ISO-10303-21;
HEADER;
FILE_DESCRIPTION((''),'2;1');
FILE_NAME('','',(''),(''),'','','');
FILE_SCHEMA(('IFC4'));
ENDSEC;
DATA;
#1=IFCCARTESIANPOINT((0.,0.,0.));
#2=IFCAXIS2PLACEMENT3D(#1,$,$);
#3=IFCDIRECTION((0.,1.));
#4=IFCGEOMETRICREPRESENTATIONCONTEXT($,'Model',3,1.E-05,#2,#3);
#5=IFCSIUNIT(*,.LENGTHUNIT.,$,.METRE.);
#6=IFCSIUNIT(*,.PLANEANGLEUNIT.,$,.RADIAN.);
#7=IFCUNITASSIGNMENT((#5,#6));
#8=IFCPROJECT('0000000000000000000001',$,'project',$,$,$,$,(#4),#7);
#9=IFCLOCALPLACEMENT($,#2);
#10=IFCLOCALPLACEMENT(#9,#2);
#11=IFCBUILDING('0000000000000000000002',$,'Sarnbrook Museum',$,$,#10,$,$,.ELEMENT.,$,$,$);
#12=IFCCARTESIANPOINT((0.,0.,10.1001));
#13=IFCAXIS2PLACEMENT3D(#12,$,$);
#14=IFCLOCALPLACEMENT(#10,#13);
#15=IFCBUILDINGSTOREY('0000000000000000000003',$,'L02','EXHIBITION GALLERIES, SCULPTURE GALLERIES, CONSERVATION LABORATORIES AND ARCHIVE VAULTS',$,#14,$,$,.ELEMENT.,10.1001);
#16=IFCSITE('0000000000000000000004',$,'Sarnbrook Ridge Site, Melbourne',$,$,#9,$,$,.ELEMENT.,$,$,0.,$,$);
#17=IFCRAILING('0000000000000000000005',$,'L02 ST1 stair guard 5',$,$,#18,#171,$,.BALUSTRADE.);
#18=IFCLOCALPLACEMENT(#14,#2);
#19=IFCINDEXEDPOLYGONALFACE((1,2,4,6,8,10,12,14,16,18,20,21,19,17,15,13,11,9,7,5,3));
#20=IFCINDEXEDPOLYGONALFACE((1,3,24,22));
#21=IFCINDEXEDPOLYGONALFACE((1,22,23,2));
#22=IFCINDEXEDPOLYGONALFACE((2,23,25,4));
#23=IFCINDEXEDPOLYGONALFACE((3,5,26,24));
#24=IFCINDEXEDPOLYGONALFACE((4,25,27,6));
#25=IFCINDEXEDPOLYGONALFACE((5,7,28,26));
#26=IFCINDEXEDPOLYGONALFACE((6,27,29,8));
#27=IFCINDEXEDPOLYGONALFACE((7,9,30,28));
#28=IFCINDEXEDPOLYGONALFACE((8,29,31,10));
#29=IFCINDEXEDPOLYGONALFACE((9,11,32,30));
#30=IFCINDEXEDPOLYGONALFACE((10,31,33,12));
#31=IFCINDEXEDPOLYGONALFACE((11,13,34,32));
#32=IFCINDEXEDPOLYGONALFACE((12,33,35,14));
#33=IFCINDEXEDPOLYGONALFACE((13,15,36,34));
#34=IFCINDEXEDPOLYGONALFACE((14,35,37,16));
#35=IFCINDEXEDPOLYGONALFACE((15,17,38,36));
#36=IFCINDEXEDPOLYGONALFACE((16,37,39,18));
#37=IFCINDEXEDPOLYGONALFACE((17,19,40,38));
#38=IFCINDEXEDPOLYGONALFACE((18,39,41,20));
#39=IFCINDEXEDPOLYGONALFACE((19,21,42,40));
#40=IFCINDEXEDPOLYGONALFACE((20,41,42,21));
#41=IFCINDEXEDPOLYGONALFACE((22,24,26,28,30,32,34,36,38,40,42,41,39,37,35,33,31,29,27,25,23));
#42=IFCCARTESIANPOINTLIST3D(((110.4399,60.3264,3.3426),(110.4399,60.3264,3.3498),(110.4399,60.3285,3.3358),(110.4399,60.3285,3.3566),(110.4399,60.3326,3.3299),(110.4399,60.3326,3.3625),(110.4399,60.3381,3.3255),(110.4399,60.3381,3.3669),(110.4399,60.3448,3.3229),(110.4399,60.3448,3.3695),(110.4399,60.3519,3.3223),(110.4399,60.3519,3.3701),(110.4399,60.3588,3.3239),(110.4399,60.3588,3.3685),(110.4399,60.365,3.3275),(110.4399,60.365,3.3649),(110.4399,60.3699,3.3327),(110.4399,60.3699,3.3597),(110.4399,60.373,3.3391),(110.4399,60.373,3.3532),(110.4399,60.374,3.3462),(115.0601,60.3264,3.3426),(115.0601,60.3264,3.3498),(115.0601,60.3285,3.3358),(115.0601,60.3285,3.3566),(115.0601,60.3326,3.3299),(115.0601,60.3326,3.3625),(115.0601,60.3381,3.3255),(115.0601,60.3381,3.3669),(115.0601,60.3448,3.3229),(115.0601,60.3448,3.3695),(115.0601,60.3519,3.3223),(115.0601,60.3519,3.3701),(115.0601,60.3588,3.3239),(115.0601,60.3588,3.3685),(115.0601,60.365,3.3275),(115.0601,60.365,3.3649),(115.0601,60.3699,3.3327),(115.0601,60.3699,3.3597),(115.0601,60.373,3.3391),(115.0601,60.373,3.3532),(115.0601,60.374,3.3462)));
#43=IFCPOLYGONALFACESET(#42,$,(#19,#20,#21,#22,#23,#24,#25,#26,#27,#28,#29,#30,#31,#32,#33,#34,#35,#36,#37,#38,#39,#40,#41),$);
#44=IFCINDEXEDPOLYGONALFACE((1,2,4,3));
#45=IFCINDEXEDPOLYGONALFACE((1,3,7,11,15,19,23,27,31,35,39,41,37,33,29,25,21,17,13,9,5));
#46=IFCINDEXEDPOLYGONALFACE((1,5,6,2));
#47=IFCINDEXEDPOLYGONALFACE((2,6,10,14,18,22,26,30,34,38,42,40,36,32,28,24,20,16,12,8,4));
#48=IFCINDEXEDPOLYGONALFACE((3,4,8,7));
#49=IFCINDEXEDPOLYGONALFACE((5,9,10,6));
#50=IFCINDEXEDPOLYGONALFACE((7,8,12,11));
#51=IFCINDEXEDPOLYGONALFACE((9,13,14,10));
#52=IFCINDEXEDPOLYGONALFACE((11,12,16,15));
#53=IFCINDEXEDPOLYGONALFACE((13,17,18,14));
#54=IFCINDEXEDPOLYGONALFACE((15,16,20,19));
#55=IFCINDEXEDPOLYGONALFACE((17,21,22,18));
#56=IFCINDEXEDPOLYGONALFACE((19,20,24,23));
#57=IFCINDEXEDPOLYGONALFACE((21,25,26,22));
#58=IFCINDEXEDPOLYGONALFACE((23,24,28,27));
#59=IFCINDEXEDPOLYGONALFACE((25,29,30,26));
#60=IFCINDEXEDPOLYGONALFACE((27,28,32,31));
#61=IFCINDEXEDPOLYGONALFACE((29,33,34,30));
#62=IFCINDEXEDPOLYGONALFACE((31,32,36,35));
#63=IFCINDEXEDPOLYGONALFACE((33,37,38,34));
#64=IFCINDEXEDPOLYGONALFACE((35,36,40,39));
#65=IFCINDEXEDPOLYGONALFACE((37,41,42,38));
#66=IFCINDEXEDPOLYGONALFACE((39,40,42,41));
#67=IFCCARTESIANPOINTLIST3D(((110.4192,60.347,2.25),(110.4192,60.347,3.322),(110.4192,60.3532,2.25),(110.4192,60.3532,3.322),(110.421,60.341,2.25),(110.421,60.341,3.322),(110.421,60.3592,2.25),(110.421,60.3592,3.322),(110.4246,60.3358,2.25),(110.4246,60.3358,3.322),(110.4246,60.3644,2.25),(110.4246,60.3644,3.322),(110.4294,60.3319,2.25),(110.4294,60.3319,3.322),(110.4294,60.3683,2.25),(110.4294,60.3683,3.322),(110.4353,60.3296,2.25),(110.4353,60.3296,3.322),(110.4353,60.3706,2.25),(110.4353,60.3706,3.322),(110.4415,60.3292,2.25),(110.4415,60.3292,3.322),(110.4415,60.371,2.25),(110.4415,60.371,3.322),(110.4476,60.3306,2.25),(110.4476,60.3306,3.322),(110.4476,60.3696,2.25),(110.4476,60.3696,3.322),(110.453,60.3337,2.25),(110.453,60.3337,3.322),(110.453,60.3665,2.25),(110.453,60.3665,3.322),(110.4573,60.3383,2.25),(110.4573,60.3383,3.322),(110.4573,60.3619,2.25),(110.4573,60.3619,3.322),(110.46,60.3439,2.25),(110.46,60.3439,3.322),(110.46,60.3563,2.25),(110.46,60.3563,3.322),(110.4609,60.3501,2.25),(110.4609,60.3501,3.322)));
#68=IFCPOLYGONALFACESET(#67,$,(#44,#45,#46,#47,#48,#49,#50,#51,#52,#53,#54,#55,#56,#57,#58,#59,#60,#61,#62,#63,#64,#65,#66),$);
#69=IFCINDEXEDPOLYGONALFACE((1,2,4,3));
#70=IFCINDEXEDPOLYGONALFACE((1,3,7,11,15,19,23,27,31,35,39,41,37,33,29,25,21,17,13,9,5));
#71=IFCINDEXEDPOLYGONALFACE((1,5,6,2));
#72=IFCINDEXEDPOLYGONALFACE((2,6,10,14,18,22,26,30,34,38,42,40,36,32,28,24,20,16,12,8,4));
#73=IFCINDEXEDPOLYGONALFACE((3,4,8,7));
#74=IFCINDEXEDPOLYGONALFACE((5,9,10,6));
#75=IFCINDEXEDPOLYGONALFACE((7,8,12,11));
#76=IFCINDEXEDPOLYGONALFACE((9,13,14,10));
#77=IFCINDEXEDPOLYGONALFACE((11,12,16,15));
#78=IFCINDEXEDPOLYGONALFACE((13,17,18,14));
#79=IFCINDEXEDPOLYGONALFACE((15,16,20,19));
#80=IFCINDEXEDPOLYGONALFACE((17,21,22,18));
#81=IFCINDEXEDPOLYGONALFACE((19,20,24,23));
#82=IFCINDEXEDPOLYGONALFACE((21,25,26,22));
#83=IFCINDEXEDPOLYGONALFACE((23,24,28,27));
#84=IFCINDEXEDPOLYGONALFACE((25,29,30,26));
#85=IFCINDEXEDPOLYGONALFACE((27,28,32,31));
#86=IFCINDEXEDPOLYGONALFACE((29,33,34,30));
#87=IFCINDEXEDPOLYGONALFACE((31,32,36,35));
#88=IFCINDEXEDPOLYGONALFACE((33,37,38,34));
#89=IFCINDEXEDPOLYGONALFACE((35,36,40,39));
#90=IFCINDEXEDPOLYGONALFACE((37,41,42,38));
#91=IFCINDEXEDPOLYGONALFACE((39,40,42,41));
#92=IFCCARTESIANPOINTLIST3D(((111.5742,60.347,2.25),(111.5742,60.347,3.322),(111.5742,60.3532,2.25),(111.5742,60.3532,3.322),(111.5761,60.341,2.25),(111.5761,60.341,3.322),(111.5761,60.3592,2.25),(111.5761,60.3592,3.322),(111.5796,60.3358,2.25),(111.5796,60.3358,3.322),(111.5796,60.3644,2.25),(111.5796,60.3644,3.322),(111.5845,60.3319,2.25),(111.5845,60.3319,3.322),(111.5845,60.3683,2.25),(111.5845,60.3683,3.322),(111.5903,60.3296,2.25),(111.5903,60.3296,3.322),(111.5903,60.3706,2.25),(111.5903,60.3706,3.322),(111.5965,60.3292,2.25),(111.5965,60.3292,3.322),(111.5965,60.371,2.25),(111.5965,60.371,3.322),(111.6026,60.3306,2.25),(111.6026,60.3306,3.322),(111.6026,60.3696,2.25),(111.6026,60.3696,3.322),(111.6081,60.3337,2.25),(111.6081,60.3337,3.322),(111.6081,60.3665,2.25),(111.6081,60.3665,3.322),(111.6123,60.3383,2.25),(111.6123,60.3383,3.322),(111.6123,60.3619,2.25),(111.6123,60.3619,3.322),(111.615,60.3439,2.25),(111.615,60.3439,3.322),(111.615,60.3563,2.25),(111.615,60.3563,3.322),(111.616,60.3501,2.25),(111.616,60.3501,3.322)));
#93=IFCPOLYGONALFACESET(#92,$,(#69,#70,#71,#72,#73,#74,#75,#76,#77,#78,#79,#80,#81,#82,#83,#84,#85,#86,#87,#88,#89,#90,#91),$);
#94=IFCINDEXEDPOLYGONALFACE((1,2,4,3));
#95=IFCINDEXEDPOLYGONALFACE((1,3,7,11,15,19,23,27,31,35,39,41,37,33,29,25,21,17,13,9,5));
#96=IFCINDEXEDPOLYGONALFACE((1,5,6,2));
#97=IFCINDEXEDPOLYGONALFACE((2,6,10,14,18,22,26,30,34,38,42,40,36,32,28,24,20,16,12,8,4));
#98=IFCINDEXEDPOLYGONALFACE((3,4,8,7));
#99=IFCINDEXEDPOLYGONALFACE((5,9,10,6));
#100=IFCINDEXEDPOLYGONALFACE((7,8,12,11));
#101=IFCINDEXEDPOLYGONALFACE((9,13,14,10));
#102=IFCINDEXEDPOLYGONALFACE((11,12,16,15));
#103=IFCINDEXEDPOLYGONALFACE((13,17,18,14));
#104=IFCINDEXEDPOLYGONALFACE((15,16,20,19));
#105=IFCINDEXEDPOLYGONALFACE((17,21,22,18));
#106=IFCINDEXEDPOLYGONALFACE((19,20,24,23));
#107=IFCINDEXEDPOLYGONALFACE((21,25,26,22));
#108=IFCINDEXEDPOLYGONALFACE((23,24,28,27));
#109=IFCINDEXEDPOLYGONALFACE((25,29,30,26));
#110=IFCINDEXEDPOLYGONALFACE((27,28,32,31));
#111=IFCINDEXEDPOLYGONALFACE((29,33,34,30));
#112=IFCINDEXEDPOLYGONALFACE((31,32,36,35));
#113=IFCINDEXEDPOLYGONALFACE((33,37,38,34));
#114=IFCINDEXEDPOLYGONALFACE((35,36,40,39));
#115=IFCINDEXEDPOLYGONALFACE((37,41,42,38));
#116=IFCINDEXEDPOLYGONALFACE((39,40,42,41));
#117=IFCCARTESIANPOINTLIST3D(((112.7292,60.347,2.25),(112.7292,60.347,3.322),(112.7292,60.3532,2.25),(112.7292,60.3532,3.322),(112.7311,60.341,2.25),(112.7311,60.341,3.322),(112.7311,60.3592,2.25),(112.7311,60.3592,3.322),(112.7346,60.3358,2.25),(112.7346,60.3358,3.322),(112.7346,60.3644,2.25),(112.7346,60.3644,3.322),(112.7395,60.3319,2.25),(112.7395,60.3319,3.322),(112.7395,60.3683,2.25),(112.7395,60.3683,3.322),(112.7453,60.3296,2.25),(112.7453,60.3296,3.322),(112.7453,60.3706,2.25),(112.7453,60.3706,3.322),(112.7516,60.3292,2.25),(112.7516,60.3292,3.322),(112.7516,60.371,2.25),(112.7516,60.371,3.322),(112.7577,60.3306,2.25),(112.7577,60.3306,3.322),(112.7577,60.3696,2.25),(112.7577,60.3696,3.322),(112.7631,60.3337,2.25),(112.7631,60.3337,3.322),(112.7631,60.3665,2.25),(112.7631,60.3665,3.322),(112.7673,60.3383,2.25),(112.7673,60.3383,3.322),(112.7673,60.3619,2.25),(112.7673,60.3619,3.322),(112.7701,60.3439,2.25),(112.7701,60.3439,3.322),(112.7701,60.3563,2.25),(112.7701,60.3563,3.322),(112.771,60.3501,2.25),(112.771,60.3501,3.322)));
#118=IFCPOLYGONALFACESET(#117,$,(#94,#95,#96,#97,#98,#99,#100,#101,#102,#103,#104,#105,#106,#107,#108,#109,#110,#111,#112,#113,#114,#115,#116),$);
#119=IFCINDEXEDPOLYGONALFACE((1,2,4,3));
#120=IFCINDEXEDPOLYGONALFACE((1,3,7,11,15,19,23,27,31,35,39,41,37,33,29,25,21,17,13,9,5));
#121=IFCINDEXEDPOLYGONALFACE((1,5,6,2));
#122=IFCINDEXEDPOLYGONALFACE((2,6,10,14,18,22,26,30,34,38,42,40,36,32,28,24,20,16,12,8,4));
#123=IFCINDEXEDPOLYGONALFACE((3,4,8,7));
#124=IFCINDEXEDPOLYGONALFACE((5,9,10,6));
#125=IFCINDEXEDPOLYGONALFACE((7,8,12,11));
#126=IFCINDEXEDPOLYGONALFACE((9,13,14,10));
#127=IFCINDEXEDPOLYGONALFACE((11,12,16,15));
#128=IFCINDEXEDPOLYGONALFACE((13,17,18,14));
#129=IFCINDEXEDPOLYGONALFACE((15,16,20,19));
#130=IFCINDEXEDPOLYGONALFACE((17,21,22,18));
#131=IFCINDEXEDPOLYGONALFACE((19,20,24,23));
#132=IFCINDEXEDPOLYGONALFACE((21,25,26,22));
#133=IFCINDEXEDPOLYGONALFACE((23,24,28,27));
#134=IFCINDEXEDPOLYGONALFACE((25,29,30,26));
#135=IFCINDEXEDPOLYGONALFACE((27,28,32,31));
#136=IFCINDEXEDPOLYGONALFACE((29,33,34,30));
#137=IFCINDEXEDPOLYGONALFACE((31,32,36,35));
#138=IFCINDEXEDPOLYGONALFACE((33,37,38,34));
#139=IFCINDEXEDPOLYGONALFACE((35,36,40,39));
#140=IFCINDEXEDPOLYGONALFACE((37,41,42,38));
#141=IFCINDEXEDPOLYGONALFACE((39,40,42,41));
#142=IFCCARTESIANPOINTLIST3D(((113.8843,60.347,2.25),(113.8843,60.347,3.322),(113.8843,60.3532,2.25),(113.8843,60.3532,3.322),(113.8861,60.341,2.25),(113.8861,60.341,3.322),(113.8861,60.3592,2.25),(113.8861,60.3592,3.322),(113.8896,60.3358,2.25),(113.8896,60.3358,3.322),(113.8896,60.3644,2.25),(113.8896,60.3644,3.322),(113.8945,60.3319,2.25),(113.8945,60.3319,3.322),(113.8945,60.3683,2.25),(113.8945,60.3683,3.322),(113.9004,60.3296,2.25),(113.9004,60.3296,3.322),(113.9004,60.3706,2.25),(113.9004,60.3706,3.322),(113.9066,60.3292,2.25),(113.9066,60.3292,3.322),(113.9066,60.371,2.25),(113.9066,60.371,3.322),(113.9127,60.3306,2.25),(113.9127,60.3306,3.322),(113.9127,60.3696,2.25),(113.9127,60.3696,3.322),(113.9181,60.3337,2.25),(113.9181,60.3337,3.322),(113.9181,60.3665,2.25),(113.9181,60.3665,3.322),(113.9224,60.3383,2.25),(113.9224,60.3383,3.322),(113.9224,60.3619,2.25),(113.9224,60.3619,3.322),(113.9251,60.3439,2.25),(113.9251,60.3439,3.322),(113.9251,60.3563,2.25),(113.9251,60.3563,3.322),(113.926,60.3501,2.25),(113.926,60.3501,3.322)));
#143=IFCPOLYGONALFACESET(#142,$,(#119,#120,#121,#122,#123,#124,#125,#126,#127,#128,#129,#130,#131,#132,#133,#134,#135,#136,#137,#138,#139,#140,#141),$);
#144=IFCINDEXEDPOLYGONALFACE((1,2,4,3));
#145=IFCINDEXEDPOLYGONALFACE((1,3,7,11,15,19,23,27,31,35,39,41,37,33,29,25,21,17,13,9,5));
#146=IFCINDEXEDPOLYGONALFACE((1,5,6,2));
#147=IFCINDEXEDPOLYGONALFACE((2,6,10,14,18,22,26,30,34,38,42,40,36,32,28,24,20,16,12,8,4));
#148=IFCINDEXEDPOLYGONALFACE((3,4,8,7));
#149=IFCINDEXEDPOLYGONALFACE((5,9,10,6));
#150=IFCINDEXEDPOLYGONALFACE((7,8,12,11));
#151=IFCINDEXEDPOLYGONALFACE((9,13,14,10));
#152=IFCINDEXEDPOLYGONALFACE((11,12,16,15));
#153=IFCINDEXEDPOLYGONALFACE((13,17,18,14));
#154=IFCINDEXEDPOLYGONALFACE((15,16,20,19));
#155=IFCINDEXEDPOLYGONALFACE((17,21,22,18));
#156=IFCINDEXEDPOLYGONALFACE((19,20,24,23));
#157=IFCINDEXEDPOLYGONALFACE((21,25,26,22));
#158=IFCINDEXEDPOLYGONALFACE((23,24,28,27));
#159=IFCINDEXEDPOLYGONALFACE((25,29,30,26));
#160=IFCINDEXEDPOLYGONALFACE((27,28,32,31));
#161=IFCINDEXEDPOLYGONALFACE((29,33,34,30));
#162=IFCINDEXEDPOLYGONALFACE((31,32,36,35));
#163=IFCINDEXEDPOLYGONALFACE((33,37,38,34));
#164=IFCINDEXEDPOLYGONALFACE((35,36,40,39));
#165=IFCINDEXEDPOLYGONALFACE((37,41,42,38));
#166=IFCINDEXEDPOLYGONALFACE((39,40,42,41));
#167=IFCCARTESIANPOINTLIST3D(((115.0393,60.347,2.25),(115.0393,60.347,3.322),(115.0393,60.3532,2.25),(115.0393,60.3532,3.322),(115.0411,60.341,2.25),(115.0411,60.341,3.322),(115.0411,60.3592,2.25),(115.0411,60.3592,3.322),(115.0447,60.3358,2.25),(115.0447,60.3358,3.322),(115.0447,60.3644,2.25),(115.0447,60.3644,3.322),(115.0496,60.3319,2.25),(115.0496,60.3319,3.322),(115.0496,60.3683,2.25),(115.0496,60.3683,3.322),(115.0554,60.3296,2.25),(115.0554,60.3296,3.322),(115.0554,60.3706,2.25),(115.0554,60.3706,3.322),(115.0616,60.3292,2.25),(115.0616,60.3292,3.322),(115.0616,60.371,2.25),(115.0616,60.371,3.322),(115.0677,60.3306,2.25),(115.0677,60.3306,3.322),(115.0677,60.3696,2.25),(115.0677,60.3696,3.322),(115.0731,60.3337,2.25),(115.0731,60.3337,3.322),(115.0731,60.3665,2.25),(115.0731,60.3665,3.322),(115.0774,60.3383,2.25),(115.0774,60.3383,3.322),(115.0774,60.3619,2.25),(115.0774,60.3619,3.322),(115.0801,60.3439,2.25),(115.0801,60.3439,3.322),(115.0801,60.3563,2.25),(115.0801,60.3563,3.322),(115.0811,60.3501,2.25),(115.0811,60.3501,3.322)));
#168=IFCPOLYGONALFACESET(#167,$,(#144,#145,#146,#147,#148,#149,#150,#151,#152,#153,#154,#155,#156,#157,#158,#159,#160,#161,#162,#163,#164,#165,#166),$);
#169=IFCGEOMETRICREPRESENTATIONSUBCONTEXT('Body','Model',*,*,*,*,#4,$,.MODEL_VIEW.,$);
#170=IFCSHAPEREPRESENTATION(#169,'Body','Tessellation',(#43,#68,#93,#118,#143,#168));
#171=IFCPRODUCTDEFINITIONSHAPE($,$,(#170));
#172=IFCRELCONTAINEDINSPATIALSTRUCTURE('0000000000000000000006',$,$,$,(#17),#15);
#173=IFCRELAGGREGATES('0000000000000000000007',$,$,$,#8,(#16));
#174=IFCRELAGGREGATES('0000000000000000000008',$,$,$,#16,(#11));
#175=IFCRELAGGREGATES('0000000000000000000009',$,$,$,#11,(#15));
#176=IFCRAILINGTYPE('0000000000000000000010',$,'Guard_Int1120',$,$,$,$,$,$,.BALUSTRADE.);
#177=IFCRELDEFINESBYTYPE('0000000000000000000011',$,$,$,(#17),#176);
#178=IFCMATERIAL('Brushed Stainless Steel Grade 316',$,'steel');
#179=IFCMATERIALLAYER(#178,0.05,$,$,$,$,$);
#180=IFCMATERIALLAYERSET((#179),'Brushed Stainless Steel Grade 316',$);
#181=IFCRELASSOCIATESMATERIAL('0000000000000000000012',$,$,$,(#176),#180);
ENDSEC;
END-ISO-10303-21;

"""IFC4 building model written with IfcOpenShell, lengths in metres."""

from ifc_helpers import new_model, si_unit, direction, frame, origin, origin_2d, place, context, subcontext, project, spatial, circle, extrude, material, layer, layer_set, type_object, element, save


model = new_model("IFC4")

# Units and contexts
model_context = context("Model", 3, precision=1e-05, world=origin(), true_north=direction((0.0, 1.0)))
body_context = subcontext(model_context, "Body", "Model", "MODEL_VIEW")
ifc_project = project(units=[si_unit("LENGTHUNIT", "METRE"), si_unit("PLANEANGLEUNIT", "RADIAN")], contexts=[model_context])

# Site, building, storey
site_placement = place(None, origin())
site = spatial("IfcSite", under=ifc_project, at=site_placement, Name="Sarnbrook Ridge Site, Melbourne", CompositionType="ELEMENT", RefElevation=0.0)
building_placement = place(site_placement, origin())
building = spatial("IfcBuilding", under=site, at=building_placement, Name="Sarnbrook Museum", CompositionType="ELEMENT")
storey_placement = place(building_placement, frame((0.0, 0.0, 10.1001)))
storey = spatial("IfcBuildingStorey", under=building, at=storey_placement, Name="L02", Description="EXHIBITION GALLERIES, SCULPTURE GALLERIES, CONSERVATION LABORATORIES AND ARCHIVE VAULTS", CompositionType="ELEMENT", Elevation=10.1001)

# Shared definitions
ifc_material_1 = material(Name="Brushed Stainless Steel Grade 316", Category="steel")

# Railing
ifc_layer_1 = layer(ifc_material_1, 0.05)
ifc_layer_set_1 = layer_set([ifc_layer_1], Name="Brushed Stainless Steel Grade 316")
railing_type_1 = type_object("IfcRailingType", Name="Guard_Int1120", PredefinedType="BALUSTRADE", material=ifc_layer_set_1)
railing_1_placement = place(storey_placement, frame((110.4399, 60.3501, 2.25)))
element("IfcRailing", 1, at=railing_1_placement, inside=storey, type_object=railing_type_1, Name="L02 ST1 stair guard 5", PredefinedType="BALUSTRADE", context=body_context, shape_type="SweptSolid", body=[
    extrude(circle(Radius=0.0239, at=origin_2d()), frame((0.0, 0.0, 1.0962), z_axis=(1.0, 0.0, 0.0), x_axis=(0.0, 1.0, 0.0)), (0.0, 0.0, 1.0), 4.6201),
    extrude(circle(Radius=0.021, at=origin_2d()), origin(), (0.0, 0.0, 1.0), 1.072),
    extrude(circle(Radius=0.021, at=origin_2d()), frame((1.155, 0.0, 0.0)), (0.0, 0.0, 1.0), 1.072),
    extrude(circle(Radius=0.021, at=origin_2d()), frame((2.3101, 0.0, 0.0)), (0.0, 0.0, 1.0), 1.072),
    extrude(circle(Radius=0.021, at=origin_2d()), frame((3.4651, 0.0, 0.0)), (0.0, 0.0, 1.0), 1.072),
    extrude(circle(Radius=0.021, at=origin_2d()), frame((4.6201, 0.0, 0.0)), (0.0, 0.0, 1.0), 1.072),
])

save(model, "model.ifc")
